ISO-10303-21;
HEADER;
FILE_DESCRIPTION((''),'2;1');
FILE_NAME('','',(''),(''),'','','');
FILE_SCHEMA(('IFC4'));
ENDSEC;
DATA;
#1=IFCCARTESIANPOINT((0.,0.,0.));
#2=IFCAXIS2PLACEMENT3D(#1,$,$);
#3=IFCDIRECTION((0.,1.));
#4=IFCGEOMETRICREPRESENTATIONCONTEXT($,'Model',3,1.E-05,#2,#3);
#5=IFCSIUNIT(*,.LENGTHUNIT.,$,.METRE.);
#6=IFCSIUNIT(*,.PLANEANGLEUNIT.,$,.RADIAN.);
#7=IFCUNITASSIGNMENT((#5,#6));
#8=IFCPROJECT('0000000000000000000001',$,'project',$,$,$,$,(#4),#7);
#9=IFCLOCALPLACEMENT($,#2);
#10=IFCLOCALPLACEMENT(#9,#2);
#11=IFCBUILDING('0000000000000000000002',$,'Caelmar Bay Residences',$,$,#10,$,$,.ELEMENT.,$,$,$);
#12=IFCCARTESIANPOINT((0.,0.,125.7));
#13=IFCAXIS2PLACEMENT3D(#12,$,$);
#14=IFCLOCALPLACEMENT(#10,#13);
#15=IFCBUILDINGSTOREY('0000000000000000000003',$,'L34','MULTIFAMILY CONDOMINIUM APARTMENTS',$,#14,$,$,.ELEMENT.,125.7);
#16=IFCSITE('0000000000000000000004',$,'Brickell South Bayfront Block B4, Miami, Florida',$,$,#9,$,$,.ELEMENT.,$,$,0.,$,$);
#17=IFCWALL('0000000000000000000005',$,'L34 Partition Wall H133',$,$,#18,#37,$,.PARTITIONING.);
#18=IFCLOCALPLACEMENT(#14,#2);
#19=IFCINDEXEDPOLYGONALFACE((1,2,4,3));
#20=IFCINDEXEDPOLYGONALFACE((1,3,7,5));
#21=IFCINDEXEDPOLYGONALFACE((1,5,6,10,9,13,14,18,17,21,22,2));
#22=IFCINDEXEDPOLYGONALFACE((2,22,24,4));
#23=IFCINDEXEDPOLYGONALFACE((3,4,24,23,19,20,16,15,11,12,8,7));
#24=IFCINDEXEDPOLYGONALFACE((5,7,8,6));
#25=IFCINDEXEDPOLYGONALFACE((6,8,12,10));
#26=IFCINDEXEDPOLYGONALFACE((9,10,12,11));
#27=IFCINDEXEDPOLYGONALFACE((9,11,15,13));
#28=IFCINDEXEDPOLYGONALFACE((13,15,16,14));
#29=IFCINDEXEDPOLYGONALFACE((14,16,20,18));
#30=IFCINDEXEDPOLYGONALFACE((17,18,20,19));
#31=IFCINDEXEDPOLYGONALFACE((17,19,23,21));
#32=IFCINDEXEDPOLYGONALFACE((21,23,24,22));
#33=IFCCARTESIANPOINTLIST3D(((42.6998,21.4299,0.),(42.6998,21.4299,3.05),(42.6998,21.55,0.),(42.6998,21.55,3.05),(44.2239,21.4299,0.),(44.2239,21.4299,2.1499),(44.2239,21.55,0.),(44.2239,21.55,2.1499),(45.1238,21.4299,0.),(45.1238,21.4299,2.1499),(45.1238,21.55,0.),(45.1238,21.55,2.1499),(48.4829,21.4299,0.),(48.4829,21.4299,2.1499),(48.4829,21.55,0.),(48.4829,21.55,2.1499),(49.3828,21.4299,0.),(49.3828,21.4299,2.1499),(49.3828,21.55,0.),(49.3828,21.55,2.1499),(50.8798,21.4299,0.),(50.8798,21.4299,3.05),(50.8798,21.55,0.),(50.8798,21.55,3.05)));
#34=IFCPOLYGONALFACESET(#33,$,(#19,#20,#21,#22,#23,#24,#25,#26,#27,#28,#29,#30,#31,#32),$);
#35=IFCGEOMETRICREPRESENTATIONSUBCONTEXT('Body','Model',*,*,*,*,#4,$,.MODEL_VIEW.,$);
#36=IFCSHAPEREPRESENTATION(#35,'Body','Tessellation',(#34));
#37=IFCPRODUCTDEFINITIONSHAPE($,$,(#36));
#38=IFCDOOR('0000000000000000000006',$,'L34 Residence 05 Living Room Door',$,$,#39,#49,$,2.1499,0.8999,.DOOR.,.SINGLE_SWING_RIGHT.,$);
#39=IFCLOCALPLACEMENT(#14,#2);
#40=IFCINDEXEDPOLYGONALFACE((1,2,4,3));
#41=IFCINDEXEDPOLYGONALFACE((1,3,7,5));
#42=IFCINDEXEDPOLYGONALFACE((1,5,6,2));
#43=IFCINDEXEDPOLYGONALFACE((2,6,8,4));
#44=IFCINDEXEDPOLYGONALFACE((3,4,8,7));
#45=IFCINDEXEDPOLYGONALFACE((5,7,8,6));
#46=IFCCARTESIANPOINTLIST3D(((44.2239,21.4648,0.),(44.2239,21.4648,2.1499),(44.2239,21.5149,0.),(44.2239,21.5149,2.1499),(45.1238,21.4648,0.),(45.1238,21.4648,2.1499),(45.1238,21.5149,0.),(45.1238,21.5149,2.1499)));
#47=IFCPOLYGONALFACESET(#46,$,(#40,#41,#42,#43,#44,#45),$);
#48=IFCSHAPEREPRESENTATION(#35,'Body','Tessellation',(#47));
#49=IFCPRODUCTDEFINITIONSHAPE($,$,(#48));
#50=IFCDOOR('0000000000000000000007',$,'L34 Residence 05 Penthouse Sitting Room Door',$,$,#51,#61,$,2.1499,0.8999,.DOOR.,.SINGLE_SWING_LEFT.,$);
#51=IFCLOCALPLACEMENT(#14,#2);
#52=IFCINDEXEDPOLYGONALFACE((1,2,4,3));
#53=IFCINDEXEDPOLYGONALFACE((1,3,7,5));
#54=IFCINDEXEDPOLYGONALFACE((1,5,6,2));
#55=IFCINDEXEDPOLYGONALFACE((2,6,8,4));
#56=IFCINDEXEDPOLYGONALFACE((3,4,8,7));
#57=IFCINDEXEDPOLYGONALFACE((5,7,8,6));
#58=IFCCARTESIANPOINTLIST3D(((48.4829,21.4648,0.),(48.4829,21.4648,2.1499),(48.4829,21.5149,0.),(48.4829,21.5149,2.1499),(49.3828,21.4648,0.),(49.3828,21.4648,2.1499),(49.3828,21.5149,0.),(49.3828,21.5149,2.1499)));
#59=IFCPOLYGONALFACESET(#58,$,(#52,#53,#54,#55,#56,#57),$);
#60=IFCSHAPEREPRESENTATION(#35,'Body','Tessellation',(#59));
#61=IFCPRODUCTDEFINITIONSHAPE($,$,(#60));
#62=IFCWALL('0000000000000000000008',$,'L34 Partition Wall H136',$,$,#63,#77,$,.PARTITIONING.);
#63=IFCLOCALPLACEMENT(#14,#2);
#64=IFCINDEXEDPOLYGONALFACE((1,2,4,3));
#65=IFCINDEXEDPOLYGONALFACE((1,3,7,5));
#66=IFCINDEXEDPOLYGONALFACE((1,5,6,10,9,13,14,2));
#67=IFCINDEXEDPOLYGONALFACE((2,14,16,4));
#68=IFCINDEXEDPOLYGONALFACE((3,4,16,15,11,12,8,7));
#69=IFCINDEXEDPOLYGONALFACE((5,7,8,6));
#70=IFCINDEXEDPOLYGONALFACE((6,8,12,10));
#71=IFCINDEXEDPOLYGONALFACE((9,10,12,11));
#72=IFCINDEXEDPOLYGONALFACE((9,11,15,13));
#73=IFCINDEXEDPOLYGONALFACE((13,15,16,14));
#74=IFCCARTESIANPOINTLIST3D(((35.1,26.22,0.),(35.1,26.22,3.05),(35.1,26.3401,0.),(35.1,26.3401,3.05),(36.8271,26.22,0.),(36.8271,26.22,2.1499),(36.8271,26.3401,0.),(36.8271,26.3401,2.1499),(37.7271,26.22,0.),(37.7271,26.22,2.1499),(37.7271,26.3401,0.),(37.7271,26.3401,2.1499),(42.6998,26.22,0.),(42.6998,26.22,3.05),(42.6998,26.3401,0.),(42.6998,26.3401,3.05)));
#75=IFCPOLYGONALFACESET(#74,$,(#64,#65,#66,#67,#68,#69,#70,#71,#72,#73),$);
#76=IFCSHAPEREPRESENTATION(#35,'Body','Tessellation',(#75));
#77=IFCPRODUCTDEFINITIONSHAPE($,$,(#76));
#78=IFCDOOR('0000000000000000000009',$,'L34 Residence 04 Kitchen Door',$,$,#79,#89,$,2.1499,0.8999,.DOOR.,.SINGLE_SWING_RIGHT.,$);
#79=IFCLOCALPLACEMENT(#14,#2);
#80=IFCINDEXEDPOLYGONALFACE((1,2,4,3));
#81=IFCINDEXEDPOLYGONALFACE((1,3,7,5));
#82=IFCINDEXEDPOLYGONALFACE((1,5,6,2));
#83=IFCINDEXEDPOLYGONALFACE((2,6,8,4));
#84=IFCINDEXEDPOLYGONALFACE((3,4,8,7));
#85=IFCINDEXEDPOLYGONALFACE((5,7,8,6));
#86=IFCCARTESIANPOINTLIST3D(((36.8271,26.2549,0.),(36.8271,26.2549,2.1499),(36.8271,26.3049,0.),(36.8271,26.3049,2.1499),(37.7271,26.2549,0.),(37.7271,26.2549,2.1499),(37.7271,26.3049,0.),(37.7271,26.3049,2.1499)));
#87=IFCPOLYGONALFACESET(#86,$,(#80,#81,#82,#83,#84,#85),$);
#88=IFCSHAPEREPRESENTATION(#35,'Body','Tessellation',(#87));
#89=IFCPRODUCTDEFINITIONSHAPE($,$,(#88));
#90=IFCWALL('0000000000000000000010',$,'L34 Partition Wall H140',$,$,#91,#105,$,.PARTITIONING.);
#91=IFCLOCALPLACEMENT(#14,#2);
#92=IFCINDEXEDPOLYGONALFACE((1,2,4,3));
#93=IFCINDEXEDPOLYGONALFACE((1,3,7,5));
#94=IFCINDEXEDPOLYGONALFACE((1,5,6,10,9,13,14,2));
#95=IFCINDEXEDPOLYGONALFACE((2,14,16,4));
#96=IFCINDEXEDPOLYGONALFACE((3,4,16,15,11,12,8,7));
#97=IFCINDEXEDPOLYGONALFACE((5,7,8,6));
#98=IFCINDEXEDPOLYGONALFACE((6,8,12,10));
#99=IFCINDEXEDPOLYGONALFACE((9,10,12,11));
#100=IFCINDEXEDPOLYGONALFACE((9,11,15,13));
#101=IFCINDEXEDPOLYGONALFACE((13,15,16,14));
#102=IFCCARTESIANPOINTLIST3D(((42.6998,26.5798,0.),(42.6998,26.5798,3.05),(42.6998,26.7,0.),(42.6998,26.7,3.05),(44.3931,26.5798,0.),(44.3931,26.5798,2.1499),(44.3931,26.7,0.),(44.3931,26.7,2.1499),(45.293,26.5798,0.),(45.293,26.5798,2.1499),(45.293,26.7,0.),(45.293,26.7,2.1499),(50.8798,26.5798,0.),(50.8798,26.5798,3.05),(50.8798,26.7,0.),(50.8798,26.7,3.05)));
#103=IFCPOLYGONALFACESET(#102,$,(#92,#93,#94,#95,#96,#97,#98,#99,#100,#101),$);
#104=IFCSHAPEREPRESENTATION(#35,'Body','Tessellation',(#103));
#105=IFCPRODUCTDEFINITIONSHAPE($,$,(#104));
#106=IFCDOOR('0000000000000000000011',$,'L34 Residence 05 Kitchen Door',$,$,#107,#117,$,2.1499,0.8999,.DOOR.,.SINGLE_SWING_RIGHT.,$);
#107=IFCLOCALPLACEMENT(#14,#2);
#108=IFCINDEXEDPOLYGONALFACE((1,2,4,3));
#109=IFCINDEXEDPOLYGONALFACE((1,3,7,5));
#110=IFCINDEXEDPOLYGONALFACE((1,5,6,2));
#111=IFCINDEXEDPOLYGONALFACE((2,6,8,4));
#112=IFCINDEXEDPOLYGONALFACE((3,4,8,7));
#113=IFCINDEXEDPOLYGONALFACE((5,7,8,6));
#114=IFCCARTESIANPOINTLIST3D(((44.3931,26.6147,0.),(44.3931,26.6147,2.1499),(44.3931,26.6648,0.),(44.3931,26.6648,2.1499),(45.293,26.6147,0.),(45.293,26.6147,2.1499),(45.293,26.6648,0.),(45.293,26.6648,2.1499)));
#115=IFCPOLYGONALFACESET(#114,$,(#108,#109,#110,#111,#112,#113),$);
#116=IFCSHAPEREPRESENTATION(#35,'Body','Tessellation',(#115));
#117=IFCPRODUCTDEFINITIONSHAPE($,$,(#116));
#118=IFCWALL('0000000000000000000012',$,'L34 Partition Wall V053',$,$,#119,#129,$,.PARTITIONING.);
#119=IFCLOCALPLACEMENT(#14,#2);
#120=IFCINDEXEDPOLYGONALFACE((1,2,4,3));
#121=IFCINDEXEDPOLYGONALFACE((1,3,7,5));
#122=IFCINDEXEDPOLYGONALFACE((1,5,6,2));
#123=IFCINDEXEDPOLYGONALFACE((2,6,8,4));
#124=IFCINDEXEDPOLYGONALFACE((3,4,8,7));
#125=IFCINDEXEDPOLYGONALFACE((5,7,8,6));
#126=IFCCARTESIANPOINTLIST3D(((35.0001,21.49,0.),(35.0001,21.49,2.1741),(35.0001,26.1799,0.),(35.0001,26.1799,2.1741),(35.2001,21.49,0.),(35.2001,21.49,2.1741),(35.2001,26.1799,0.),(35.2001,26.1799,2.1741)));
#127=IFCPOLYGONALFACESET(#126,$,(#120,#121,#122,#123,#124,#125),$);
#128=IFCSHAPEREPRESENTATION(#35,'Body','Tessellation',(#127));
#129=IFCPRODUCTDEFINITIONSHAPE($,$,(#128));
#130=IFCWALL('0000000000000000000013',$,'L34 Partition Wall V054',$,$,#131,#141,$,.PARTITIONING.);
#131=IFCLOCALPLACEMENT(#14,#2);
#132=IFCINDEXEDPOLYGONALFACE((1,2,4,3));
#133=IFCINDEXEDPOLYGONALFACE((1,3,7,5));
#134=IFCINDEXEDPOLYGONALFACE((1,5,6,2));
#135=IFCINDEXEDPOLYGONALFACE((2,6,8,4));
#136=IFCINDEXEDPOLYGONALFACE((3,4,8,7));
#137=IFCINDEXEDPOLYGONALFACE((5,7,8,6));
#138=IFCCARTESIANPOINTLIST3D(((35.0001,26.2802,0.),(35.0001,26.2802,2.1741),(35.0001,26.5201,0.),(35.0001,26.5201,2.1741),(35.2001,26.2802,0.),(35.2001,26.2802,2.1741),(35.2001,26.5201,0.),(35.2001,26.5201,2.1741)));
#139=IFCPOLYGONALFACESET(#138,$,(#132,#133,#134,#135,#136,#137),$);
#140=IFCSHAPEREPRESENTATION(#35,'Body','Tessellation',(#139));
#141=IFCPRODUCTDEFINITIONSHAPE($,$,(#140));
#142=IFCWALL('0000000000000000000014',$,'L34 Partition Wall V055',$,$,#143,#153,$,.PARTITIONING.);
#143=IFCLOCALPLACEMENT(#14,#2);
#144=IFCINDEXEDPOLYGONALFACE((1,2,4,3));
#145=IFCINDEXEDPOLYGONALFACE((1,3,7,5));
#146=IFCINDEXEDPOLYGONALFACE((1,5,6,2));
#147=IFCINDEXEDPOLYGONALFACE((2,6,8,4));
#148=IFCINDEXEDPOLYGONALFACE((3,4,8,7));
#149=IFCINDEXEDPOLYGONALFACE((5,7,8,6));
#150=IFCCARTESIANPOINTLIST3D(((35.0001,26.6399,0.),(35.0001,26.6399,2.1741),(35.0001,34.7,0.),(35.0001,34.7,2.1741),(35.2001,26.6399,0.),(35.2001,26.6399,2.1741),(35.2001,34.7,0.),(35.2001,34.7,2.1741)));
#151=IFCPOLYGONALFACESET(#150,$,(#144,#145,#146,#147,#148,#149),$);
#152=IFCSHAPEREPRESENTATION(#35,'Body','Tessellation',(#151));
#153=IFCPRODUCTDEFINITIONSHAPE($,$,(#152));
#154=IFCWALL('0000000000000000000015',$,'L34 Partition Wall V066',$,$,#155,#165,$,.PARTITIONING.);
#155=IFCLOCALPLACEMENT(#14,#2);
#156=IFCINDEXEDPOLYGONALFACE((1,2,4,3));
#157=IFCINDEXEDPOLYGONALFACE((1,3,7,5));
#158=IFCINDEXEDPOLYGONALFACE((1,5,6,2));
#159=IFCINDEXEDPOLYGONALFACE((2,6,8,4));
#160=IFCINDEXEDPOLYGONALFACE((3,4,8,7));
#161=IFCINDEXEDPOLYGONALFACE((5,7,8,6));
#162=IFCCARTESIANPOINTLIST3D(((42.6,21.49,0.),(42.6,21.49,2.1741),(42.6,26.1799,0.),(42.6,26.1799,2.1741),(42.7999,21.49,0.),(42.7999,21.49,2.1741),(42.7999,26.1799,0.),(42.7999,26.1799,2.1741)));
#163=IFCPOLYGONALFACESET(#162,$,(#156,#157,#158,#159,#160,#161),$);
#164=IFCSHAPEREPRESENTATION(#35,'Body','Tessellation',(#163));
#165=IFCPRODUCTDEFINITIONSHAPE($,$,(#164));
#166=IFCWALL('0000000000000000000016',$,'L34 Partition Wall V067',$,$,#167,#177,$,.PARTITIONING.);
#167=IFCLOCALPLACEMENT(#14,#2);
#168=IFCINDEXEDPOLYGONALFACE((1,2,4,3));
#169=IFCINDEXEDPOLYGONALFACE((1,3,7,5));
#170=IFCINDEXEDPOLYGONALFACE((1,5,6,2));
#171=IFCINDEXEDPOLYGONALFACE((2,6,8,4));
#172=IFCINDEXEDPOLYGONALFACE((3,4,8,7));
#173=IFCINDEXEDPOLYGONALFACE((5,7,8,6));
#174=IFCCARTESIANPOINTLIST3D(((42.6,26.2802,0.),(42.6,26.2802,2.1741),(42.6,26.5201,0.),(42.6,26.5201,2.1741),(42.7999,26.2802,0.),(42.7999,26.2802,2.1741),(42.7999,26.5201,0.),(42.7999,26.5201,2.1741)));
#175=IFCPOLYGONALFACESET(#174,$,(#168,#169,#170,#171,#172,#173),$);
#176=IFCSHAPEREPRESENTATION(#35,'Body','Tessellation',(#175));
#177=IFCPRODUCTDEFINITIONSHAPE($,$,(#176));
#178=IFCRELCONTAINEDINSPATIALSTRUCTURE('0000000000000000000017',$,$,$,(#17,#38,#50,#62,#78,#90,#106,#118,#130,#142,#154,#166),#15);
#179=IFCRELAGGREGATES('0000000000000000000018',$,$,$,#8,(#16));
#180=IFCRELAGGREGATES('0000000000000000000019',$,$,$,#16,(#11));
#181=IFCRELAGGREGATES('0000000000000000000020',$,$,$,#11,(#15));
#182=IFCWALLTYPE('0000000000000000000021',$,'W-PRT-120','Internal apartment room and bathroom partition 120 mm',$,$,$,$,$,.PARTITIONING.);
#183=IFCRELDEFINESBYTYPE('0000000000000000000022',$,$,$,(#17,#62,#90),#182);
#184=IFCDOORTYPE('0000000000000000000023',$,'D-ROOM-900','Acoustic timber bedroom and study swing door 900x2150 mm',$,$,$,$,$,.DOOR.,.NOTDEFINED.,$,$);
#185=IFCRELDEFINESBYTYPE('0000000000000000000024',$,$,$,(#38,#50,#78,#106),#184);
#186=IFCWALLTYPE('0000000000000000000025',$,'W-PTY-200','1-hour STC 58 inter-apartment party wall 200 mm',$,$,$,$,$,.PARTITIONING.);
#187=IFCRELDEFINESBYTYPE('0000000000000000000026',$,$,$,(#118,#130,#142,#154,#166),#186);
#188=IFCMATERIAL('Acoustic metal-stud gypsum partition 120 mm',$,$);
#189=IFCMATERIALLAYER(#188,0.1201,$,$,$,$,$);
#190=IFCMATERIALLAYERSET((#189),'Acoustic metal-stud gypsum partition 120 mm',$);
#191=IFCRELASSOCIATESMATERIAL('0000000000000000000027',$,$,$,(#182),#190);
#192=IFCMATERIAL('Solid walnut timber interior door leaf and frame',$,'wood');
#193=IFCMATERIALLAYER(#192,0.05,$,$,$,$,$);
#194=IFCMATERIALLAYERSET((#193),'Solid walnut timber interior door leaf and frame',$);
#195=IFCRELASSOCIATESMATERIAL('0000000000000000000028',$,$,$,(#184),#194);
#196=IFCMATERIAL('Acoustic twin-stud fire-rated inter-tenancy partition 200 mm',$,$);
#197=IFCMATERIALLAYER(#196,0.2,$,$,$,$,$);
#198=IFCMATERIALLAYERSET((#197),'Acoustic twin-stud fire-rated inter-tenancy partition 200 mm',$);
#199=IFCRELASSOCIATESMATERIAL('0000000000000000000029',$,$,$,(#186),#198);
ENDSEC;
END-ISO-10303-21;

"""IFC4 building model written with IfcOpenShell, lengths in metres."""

from ifc_helpers import new_model, si_unit, direction, frame, frame_2d, origin, place, context, subcontext, project, spatial, rectangle, extrude, material, layer, layer_set, type_object, element, fill, save


model = new_model("IFC4")

# Units and contexts
model_context = context("Model", 3, precision=1e-05, world=origin(), true_north=direction((0.0, 1.0)))
body_context = subcontext(model_context, "Body", "Model", "MODEL_VIEW")
ifc_project = project(units=[si_unit("LENGTHUNIT", "METRE"), si_unit("PLANEANGLEUNIT", "RADIAN")], contexts=[model_context])

# Site, building, storey
site_placement = place(None, origin())
site = spatial("IfcSite", under=ifc_project, at=site_placement, Name="Brickell South Bayfront Block B4, Miami, Florida", CompositionType="ELEMENT", RefElevation=0.0)
building_placement = place(site_placement, origin())
building = spatial("IfcBuilding", under=site, at=building_placement, Name="Caelmar Bay Residences", CompositionType="ELEMENT")
storey_placement = place(building_placement, frame((0.0, 0.0, 125.7)))
storey = spatial("IfcBuildingStorey", under=building, at=storey_placement, Name="L34", Description="MULTIFAMILY CONDOMINIUM APARTMENTS", CompositionType="ELEMENT", Elevation=125.7)

# Shared definitions
ifc_material_1 = material(Name="Acoustic metal-stud gypsum partition 120 mm")
ifc_layer_1 = layer(ifc_material_1, 0.1201)
ifc_layer_set_1 = layer_set([ifc_layer_1], Name="Acoustic metal-stud gypsum partition 120 mm")
wall_type_1 = type_object("IfcWallType", Name="W-PRT-120", Description="Internal apartment room and bathroom partition 120 mm", PredefinedType="PARTITIONING", material=ifc_layer_set_1)
ifc_material_2 = material(Name="Solid walnut timber interior door leaf and frame", Category="wood")
ifc_layer_2 = layer(ifc_material_2, 0.05)
ifc_layer_set_2 = layer_set([ifc_layer_2], Name="Solid walnut timber interior door leaf and frame")
door_type_1 = type_object("IfcDoorType", Name="D-ROOM-900", Description="Acoustic timber bedroom and study swing door 900x2150 mm", OperationType="NOTDEFINED", PredefinedType="DOOR", material=ifc_layer_set_2)

# Wall, openings, doors
wall_1_placement = place(storey_placement, frame((42.7, 21.49, 0.0), z_axis=(0.0, 0.0, 1.0), x_axis=(1.0, 0.0, 0.0)))
wall_1 = element("IfcWall", 1, at=wall_1_placement, inside=storey, type_object=wall_type_1, Name="L34 Partition Wall H133", PredefinedType="PARTITIONING", context=body_context, shape_type="SweptSolid", body=[
    extrude(rectangle(XDim=8.1799, YDim=0.1201, at=frame_2d((4.0898, 0.0))), origin(), (0.0, 0.0, 1.0), 3.05),
])
opening_1_placement = place(wall_1_placement, frame((1.5239, 0.0, 0.0)))
opening_1 = element("IfcOpeningElement", 2, at=opening_1_placement, cuts=wall_1, PredefinedType="OPENING", context=body_context, shape_type="SweptSolid", body=[
    extrude(rectangle(XDim=0.8999, YDim=2.1499, at=frame_2d((0.45, 1.075))), frame((0.0, 0.0701, 0.0), z_axis=(0.0, -1.0, 0.0), x_axis=(1.0, 0.0, 0.0)), (0.0, 0.0, 1.0), 0.1401),
])
opening_2_placement = place(wall_1_placement, frame((5.783, 0.0, 0.0)))
opening_2 = element("IfcOpeningElement", 3, at=opening_2_placement, cuts=wall_1, PredefinedType="OPENING", context=body_context, shape_type="SweptSolid", body=[
    extrude(rectangle(XDim=0.8999, YDim=2.1499, at=frame_2d((0.45, 1.075))), frame((0.0, 0.0701, 0.0), z_axis=(0.0, -1.0, 0.0), x_axis=(1.0, 0.0, 0.0)), (0.0, 0.0, 1.0), 0.1401),
])
door_1_placement = place(opening_1_placement, origin())
door_1 = element("IfcDoor", 4, at=door_1_placement, inside=storey, type_object=door_type_1, Name="L34 Residence 05 Living Room Door", OperationType="SINGLE_SWING_RIGHT", OverallHeight=2.1499, OverallWidth=0.8999, PredefinedType="DOOR", context=body_context, shape_type="SweptSolid", body=[
    extrude(rectangle(XDim=0.8999, YDim=2.1499, at=frame_2d((0.45, 1.075))), frame((0.0, 0.0249, 0.0), z_axis=(0.0, -1.0, 0.0), x_axis=(1.0, 0.0, 0.0)), (0.0, 0.0, 1.0), 0.05),
])
fill(opening_1, door_1)
door_2_placement = place(opening_2_placement, origin())
door_2 = element("IfcDoor", 5, at=door_2_placement, inside=storey, type_object=door_type_1, Name="L34 Residence 05 Penthouse Sitting Room Door", OperationType="SINGLE_SWING_LEFT", OverallHeight=2.1499, OverallWidth=0.8999, PredefinedType="DOOR", context=body_context, shape_type="SweptSolid", body=[
    extrude(rectangle(XDim=0.8999, YDim=2.1499, at=frame_2d((0.45, 1.075))), frame((0.0, 0.0249, 0.0), z_axis=(0.0, -1.0, 0.0), x_axis=(1.0, 0.0, 0.0)), (0.0, 0.0, 1.0), 0.05),
])
fill(opening_2, door_2)

# Walls, openings, doors
wall_2_placement = place(storey_placement, frame((35.1001, 26.28, 0.0), z_axis=(0.0, 0.0, 1.0), x_axis=(1.0, 0.0, 0.0)))
wall_2 = element("IfcWall", 6, at=wall_2_placement, inside=storey, type_object=wall_type_1, Name="L34 Partition Wall H136", PredefinedType="PARTITIONING", context=body_context, shape_type="SweptSolid", body=[
    extrude(rectangle(XDim=7.5999, YDim=0.1201, at=frame_2d((3.7998, 0.0))), origin(), (0.0, 0.0, 1.0), 3.05),
])
opening_3_placement = place(wall_2_placement, frame((1.7271, 0.0, 0.0)))
opening_3 = element("IfcOpeningElement", 7, at=opening_3_placement, cuts=wall_2, PredefinedType="OPENING", context=body_context, shape_type="SweptSolid", body=[
    extrude(rectangle(XDim=0.8999, YDim=2.1499, at=frame_2d((0.45, 1.075))), frame((0.0, 0.0701, 0.0), z_axis=(0.0, -1.0, 0.0), x_axis=(1.0, 0.0, 0.0)), (0.0, 0.0, 1.0), 0.1401),
])
door_3_placement = place(opening_3_placement, origin())
door_3 = element("IfcDoor", 8, at=door_3_placement, inside=storey, type_object=door_type_1, Name="L34 Residence 04 Kitchen Door", OperationType="SINGLE_SWING_RIGHT", OverallHeight=2.1499, OverallWidth=0.8999, PredefinedType="DOOR", context=body_context, shape_type="SweptSolid", body=[
    extrude(rectangle(XDim=0.8999, YDim=2.1499, at=frame_2d((0.45, 1.075))), frame((0.0, 0.0249, 0.0), z_axis=(0.0, -1.0, 0.0), x_axis=(1.0, 0.0, 0.0)), (0.0, 0.0, 1.0), 0.05),
])
fill(opening_3, door_3)
wall_3_placement = place(storey_placement, frame((42.7, 26.6399, 0.0), z_axis=(0.0, 0.0, 1.0), x_axis=(1.0, 0.0, 0.0)))
wall_3 = element("IfcWall", 9, at=wall_3_placement, inside=storey, type_object=wall_type_1, Name="L34 Partition Wall H140", PredefinedType="PARTITIONING", context=body_context, shape_type="SweptSolid", body=[
    extrude(rectangle(XDim=8.1799, YDim=0.1201, at=frame_2d((4.0898, 0.0))), origin(), (0.0, 0.0, 1.0), 3.05),
])
opening_4_placement = place(wall_3_placement, frame((1.6931, 0.0, 0.0)))
opening_4 = element("IfcOpeningElement", 10, at=opening_4_placement, cuts=wall_3, PredefinedType="OPENING", context=body_context, shape_type="SweptSolid", body=[
    extrude(rectangle(XDim=0.8999, YDim=2.1499, at=frame_2d((0.45, 1.075))), frame((0.0, 0.0701, 0.0), z_axis=(0.0, -1.0, 0.0), x_axis=(1.0, 0.0, 0.0)), (0.0, 0.0, 1.0), 0.1401),
])
door_4_placement = place(opening_4_placement, origin())
door_4 = element("IfcDoor", 11, at=door_4_placement, inside=storey, type_object=door_type_1, Name="L34 Residence 05 Kitchen Door", OperationType="SINGLE_SWING_RIGHT", OverallHeight=2.1499, OverallWidth=0.8999, PredefinedType="DOOR", context=body_context, shape_type="SweptSolid", body=[
    extrude(rectangle(XDim=0.8999, YDim=2.1499, at=frame_2d((0.45, 1.075))), frame((0.0, 0.0249, 0.0), z_axis=(0.0, -1.0, 0.0), x_axis=(1.0, 0.0, 0.0)), (0.0, 0.0, 1.0), 0.05),
])
fill(opening_4, door_4)

# Walls
ifc_material_3 = material(Name="Acoustic twin-stud fire-rated inter-tenancy partition 200 mm")
ifc_layer_3 = layer(ifc_material_3, 0.2)
ifc_layer_set_3 = layer_set([ifc_layer_3], Name="Acoustic twin-stud fire-rated inter-tenancy partition 200 mm")
wall_type_2 = type_object("IfcWallType", Name="W-PTY-200", Description="1-hour STC 58 inter-apartment party wall 200 mm", PredefinedType="PARTITIONING", material=ifc_layer_set_3)
wall_4_placement = place(storey_placement, frame((35.1001, 21.49, 0.0), z_axis=(0.0, 0.0, 1.0), x_axis=(0.0, 1.0, 0.0)))
element("IfcWall", 12, at=wall_4_placement, inside=storey, type_object=wall_type_2, Name="L34 Partition Wall V053", PredefinedType="PARTITIONING", context=body_context, shape_type="SweptSolid", body=[
    extrude(rectangle(XDim=4.6899, YDim=0.2, at=frame_2d((2.345, 0.0))), origin(), (0.0, 0.0, 1.0), 2.1741),
])
wall_5_placement = place(storey_placement, frame((35.1001, 26.28, 0.0), z_axis=(0.0, 0.0, 1.0), x_axis=(0.0, 1.0, 0.0)))
element("IfcWall", 13, at=wall_5_placement, inside=storey, type_object=wall_type_2, Name="L34 Partition Wall V054", PredefinedType="PARTITIONING", context=body_context, shape_type="SweptSolid", body=[
    extrude(rectangle(XDim=0.24, YDim=0.2, at=frame_2d((0.1201, 0.0))), origin(), (0.0, 0.0, 1.0), 2.1741),
])
wall_6_placement = place(storey_placement, frame((35.1001, 26.6399, 0.0), z_axis=(0.0, 0.0, 1.0), x_axis=(0.0, 1.0, 0.0)))
element("IfcWall", 14, at=wall_6_placement, inside=storey, type_object=wall_type_2, Name="L34 Partition Wall V055", PredefinedType="PARTITIONING", context=body_context, shape_type="SweptSolid", body=[
    extrude(rectangle(XDim=8.0601, YDim=0.2, at=frame_2d((4.03, 0.0))), origin(), (0.0, 0.0, 1.0), 2.1741),
])
wall_7_placement = place(storey_placement, frame((42.7, 21.49, 0.0), z_axis=(0.0, 0.0, 1.0), x_axis=(0.0, 1.0, 0.0)))
element("IfcWall", 15, at=wall_7_placement, inside=storey, type_object=wall_type_2, Name="L34 Partition Wall V066", PredefinedType="PARTITIONING", context=body_context, shape_type="SweptSolid", body=[
    extrude(rectangle(XDim=4.6899, YDim=0.2, at=frame_2d((2.345, 0.0))), origin(), (0.0, 0.0, 1.0), 2.1741),
])
wall_8_placement = place(storey_placement, frame((42.7, 26.28, 0.0), z_axis=(0.0, 0.0, 1.0), x_axis=(0.0, 1.0, 0.0)))
element("IfcWall", 16, at=wall_8_placement, inside=storey, type_object=wall_type_2, Name="L34 Partition Wall V067", PredefinedType="PARTITIONING", context=body_context, shape_type="SweptSolid", body=[
    extrude(rectangle(XDim=0.24, YDim=0.2, at=frame_2d((0.1201, 0.0))), origin(), (0.0, 0.0, 1.0), 2.1741),
])

save(model, "model.ifc")
